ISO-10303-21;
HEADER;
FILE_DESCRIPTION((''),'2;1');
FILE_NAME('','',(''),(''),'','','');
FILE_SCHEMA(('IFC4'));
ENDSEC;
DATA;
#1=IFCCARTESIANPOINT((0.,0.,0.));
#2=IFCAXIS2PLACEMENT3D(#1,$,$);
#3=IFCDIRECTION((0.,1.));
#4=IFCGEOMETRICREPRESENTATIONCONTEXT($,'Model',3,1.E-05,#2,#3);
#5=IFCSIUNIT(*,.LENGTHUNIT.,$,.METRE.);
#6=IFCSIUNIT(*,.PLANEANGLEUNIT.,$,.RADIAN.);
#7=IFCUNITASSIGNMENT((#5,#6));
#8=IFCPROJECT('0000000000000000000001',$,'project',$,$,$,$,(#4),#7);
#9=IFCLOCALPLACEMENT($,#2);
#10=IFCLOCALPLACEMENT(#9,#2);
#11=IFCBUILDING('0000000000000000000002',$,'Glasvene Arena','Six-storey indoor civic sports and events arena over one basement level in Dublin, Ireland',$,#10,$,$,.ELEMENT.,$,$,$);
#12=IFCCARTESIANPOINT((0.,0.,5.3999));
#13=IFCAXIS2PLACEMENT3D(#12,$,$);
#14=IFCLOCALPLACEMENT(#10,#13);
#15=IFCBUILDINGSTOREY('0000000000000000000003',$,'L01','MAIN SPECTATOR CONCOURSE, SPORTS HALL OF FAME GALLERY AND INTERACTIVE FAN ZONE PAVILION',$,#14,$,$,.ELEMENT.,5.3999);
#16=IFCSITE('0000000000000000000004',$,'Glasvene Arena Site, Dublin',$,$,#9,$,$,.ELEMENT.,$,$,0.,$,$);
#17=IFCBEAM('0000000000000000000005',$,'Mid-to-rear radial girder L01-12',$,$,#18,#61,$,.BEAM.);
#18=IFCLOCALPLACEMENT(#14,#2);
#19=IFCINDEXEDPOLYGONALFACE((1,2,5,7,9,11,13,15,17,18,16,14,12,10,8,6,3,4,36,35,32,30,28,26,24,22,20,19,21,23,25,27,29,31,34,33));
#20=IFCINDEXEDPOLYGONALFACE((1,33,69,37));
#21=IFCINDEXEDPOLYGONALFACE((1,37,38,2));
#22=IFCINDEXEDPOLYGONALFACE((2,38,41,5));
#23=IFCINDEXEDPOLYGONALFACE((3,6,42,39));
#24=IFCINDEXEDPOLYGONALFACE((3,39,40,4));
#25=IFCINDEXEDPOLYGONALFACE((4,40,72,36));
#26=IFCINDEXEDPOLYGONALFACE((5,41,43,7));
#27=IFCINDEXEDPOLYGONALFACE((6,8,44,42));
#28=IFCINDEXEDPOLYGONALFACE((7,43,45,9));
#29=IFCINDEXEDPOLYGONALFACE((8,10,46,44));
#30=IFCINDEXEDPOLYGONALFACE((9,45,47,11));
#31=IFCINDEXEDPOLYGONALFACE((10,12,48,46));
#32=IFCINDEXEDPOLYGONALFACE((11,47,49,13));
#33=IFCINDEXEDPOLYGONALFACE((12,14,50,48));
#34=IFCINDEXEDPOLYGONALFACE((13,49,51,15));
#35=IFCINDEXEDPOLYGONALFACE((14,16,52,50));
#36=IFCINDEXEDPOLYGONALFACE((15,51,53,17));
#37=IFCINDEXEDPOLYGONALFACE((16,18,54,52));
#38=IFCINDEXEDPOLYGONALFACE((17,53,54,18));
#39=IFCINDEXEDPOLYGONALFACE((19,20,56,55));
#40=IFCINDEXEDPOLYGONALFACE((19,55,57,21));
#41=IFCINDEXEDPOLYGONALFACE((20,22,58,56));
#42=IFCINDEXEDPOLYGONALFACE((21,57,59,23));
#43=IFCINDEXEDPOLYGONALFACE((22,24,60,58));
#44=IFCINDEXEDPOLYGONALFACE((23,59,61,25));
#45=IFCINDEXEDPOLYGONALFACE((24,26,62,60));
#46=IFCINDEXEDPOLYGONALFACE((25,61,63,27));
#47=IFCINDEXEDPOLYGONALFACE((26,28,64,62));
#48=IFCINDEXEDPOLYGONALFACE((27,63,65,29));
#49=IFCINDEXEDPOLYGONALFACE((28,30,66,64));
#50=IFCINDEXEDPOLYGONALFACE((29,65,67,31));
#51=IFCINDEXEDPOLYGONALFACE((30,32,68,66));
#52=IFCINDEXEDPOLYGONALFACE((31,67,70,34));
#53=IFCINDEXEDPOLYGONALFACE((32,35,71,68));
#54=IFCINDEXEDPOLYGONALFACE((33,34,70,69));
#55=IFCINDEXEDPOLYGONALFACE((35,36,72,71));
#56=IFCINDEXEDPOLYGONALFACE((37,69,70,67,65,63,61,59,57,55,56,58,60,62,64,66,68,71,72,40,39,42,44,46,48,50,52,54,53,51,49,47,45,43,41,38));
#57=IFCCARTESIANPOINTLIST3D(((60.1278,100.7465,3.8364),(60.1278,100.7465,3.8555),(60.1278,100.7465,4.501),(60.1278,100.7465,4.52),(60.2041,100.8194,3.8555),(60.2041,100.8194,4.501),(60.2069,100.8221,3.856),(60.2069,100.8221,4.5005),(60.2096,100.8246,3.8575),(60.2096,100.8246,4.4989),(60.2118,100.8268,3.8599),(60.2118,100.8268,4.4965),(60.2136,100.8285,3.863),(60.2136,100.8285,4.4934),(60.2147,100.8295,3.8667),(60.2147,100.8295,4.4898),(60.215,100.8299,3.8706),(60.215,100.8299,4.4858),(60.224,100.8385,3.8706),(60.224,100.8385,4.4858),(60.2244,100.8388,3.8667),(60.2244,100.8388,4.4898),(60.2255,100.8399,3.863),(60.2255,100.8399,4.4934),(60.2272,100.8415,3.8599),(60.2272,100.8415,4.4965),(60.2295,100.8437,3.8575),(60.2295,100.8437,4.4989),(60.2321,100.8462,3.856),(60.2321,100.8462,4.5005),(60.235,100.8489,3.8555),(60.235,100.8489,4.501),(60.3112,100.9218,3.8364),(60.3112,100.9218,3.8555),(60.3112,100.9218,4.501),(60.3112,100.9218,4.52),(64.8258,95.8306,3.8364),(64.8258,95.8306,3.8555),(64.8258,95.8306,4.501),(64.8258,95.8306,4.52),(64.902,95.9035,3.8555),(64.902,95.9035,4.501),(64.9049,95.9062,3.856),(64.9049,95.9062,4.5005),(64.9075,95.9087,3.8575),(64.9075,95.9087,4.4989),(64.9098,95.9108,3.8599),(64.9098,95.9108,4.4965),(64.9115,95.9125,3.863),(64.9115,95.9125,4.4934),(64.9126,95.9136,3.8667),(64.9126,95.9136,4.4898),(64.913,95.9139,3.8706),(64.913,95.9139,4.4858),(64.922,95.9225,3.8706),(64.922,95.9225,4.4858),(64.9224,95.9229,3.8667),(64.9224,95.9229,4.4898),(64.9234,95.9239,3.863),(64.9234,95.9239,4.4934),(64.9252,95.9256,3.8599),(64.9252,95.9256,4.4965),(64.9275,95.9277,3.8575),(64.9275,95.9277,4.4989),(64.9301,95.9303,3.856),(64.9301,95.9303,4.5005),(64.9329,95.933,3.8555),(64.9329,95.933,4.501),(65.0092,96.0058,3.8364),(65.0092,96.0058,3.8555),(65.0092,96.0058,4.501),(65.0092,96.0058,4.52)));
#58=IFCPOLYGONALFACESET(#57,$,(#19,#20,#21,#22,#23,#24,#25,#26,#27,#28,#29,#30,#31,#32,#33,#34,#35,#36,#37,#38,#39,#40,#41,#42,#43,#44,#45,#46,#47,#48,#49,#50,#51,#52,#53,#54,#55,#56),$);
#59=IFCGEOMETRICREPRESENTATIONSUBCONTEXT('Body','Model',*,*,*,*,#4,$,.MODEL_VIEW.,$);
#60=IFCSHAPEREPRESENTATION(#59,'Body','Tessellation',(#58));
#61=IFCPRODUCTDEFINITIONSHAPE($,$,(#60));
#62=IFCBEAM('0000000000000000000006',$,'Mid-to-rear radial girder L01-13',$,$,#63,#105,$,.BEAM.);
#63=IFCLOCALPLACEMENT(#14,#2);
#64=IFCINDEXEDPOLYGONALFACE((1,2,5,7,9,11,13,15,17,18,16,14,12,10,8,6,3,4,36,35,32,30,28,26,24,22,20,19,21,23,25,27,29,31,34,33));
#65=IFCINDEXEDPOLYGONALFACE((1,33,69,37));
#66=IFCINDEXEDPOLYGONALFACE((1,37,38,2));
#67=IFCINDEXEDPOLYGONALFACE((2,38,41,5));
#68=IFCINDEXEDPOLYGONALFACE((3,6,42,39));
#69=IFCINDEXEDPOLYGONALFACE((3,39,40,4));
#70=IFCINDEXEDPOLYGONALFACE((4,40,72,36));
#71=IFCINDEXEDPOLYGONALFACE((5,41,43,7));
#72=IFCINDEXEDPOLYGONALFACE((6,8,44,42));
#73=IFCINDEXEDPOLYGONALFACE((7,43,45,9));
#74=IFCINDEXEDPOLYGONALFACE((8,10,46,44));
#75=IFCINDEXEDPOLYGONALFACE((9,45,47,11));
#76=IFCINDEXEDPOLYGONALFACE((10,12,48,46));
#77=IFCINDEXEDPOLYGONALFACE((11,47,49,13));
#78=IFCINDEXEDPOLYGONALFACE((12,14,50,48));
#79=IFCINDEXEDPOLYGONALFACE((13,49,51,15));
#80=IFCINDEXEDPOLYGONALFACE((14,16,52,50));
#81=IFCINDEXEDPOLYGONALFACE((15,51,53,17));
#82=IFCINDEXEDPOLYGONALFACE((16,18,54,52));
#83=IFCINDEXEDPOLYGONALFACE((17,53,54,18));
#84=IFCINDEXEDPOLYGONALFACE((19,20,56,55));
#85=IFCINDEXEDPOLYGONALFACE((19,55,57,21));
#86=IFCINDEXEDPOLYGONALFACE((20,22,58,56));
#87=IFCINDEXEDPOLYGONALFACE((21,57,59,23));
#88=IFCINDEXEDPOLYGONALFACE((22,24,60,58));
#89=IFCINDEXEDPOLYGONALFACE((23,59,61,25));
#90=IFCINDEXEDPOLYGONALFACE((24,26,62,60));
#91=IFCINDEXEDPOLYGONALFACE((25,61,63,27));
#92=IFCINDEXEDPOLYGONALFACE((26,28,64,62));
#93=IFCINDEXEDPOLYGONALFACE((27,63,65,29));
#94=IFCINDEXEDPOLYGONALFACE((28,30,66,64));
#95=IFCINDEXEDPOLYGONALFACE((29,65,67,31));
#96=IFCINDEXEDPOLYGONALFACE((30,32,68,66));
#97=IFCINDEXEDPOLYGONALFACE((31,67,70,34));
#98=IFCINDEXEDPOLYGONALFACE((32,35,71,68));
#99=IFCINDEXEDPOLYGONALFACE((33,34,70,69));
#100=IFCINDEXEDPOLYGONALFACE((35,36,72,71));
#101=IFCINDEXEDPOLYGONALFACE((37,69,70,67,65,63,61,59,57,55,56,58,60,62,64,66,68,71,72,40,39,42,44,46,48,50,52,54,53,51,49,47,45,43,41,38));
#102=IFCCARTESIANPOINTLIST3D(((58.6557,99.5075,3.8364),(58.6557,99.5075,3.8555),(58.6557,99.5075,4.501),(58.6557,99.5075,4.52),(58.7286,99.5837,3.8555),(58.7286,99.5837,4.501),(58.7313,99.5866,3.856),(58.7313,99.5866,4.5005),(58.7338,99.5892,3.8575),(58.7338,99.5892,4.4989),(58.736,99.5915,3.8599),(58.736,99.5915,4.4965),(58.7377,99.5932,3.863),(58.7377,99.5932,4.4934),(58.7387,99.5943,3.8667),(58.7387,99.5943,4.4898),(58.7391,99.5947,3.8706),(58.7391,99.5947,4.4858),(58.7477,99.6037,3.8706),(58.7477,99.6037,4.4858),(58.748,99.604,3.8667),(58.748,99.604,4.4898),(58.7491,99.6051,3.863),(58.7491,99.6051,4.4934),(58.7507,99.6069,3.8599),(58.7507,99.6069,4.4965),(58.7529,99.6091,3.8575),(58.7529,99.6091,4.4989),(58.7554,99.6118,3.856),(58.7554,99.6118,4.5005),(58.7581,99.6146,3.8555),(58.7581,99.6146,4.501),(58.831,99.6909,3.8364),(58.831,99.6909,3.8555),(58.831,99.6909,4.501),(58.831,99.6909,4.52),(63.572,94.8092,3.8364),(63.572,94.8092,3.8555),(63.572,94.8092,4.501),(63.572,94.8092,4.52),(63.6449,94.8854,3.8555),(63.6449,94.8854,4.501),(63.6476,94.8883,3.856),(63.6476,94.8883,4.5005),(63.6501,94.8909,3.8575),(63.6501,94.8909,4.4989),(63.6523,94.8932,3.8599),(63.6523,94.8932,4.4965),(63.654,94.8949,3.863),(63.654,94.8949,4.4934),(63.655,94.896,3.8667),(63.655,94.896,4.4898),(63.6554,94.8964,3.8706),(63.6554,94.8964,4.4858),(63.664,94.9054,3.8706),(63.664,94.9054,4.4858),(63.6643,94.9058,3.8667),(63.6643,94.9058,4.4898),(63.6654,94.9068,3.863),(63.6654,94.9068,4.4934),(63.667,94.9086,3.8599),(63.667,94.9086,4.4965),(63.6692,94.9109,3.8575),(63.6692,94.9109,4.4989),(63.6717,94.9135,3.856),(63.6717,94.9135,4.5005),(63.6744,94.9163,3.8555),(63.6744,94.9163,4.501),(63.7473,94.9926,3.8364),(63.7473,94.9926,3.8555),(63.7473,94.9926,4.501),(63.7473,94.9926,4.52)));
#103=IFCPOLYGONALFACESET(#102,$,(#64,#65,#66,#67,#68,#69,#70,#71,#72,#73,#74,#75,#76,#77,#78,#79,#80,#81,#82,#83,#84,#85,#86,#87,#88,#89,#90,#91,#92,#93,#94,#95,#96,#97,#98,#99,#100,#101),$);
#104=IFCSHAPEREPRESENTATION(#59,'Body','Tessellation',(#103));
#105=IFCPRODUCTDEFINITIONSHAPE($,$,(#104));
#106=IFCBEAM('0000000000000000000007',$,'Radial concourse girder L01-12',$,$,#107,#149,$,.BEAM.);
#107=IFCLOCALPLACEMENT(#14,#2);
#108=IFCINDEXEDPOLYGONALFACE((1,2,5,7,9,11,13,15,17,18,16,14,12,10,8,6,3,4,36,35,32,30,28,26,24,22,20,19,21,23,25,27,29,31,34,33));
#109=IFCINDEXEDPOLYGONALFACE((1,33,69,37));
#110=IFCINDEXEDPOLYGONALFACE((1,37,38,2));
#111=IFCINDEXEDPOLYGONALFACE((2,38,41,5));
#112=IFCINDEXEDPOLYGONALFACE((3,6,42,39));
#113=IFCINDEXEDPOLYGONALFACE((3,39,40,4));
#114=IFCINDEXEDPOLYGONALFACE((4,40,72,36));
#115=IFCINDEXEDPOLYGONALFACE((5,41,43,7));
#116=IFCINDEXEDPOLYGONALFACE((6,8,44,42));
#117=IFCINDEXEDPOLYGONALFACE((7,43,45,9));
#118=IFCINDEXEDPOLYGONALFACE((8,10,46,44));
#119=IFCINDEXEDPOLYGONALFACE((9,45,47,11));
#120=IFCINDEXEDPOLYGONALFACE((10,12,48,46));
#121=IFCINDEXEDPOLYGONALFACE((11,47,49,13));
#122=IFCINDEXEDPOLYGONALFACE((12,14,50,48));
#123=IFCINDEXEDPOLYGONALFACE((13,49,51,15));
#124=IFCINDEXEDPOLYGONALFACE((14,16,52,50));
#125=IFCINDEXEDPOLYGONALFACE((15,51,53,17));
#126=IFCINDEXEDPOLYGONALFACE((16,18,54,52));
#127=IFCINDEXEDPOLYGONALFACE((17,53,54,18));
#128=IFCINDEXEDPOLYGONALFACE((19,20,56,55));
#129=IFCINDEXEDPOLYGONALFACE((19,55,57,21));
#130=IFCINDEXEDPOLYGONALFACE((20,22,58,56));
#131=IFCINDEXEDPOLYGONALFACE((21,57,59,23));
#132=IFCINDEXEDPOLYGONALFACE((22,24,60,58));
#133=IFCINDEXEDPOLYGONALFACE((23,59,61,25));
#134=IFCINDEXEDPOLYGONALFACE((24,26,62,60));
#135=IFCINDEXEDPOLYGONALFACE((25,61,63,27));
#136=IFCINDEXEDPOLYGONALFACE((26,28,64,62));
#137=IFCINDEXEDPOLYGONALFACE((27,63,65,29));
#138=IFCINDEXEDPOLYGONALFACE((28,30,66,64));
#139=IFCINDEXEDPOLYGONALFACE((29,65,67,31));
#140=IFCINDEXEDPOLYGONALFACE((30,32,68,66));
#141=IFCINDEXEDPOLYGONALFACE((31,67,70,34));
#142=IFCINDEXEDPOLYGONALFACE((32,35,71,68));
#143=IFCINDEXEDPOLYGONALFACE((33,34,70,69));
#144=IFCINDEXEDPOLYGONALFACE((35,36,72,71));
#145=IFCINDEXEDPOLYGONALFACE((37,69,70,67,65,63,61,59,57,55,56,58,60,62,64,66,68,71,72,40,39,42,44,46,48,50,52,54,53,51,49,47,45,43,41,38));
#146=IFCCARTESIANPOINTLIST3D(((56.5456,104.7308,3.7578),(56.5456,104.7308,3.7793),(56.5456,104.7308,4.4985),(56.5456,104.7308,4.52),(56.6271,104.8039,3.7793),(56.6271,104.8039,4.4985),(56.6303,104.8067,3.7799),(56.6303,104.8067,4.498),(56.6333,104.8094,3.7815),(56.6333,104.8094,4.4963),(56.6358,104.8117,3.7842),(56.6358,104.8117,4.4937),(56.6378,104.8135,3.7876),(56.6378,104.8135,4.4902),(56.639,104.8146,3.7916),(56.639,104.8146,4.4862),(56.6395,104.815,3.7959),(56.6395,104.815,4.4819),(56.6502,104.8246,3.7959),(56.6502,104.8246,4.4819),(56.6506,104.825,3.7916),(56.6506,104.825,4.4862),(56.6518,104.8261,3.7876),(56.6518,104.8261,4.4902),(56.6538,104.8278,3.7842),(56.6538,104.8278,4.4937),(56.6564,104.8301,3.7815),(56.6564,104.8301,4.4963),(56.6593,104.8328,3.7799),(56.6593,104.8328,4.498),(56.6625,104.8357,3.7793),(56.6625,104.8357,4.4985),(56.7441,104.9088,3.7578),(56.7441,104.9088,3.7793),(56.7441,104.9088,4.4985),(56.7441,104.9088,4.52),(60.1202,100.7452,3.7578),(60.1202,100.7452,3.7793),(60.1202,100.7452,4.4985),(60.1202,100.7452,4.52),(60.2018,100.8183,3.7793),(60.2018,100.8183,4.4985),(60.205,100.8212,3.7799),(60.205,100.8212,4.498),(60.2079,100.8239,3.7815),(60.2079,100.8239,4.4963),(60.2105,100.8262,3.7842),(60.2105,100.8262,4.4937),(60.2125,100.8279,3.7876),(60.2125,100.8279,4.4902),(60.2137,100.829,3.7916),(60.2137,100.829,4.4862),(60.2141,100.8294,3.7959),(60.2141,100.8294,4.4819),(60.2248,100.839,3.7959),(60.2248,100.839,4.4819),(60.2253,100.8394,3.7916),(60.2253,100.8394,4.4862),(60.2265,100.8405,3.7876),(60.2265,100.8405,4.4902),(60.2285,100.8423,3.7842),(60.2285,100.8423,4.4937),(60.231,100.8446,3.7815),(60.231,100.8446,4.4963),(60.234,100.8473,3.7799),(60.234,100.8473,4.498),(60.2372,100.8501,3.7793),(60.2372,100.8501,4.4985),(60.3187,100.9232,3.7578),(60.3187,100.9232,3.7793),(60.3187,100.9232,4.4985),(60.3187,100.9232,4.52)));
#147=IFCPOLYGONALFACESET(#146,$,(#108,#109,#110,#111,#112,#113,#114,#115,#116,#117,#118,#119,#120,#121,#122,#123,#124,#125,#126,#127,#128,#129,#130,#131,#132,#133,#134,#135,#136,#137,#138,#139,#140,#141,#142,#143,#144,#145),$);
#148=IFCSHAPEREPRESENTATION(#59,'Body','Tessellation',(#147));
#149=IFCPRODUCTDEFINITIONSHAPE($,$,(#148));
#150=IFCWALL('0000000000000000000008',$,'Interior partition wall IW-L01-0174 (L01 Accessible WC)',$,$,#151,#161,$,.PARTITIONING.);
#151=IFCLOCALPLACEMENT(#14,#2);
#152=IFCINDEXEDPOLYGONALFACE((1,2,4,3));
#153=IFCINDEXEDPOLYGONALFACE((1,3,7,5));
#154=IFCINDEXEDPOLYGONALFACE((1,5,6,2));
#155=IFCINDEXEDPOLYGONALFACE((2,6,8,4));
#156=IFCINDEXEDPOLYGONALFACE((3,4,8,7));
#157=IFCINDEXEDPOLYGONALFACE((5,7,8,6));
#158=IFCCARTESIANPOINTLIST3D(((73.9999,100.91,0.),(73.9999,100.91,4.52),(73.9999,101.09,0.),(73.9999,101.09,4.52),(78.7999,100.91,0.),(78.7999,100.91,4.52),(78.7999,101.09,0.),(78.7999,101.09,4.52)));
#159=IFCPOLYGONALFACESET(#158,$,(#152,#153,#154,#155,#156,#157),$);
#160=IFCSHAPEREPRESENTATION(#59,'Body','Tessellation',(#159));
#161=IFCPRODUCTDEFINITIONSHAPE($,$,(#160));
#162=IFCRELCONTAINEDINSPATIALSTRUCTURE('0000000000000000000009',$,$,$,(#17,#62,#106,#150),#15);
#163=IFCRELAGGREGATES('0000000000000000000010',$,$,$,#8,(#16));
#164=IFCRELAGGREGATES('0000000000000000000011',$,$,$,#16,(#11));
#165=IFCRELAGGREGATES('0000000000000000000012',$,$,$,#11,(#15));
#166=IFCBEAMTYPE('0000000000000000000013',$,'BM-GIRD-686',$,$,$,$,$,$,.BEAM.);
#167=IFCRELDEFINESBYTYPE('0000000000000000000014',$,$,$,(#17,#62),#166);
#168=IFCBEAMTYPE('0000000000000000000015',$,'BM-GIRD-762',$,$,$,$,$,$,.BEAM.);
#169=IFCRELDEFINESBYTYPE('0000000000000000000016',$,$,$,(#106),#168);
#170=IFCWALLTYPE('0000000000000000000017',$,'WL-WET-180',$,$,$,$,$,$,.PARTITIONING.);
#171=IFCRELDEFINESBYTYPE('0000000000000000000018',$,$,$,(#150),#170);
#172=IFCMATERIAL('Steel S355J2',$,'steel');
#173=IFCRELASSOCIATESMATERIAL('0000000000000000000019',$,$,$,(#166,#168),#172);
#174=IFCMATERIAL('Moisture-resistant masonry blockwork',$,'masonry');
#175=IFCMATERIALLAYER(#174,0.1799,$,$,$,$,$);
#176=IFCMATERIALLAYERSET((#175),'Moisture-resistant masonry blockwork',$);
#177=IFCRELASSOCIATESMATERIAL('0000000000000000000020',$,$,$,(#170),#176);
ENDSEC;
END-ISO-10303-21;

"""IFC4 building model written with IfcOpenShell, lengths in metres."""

from ifc_helpers import new_model, si_unit, direction, frame, frame_2d, origin, origin_2d, place, context, subcontext, project, spatial, rectangle, i_section, extrude, material, layer, layer_set, material_profile, profile_set, type_object, element, save


model = new_model("IFC4")

# Units and contexts
model_context = context("Model", 3, precision=1e-05, world=origin(), true_north=direction((0.0, 1.0)))
body_context = subcontext(model_context, "Body", "Model", "MODEL_VIEW")
ifc_project = project(units=[si_unit("LENGTHUNIT", "METRE"), si_unit("PLANEANGLEUNIT", "RADIAN")], contexts=[model_context])

# Site, building, storey
site_placement = place(None, origin())
site = spatial("IfcSite", under=ifc_project, at=site_placement, Name="Glasvene Arena Site, Dublin", CompositionType="ELEMENT", RefElevation=0.0)
building_placement = place(site_placement, origin())
building = spatial("IfcBuilding", under=site, at=building_placement, Name="Glasvene Arena", Description="Six-storey indoor civic sports and events arena over one basement level in Dublin, Ireland", CompositionType="ELEMENT")
storey_placement = place(building_placement, frame((0.0, 0.0, 5.3999)))
storey = spatial("IfcBuildingStorey", under=building, at=storey_placement, Name="L01", Description="MAIN SPECTATOR CONCOURSE, SPORTS HALL OF FAME GALLERY AND INTERACTIVE FAN ZONE PAVILION", CompositionType="ELEMENT", Elevation=5.3999)

# Shared definitions
ifc_material_1 = material(Name="Steel S355J2", Category="steel")

# Beams
ifc_material_profile_1 = material_profile(ifc_material_1, i_section(OverallWidth=0.2537, OverallDepth=0.6836, WebThickness=0.0125, FlangeThickness=0.019, FilletRadius=0.0151, at=origin_2d()), Name="UKB 686x254x140")
ifc_profile_set_1 = profile_set([ifc_material_profile_1], Name="Steel S355J2")
beam_type_1 = type_object("IfcBeamType", Name="BM-GIRD-686", PredefinedType="BEAM", material=ifc_profile_set_1)
for number, where, z_axis, x_axis, name in (
    (1, (64.9175, 95.9182, 4.1782), (-0.690894, 0.722956, 0.0), (-0.722956, -0.690894, 0.0), "Mid-to-rear radial girder L01-12"),
):
    element("IfcBeam", number, at=place(storey_placement, frame(where, z_axis=z_axis, x_axis=x_axis)), inside=storey, type_object=beam_type_1, Name=name, PredefinedType="BEAM", context=body_context, shape_type="SweptSolid", body=[
        extrude(i_section(OverallWidth=0.2537, OverallDepth=0.6836, WebThickness=0.0125, FlangeThickness=0.019, FilletRadius=0.0151, at=origin_2d()), origin(), (0.0, 0.0, 1.0), 6.7998),
    ])
beam_1_placement = place(storey_placement, frame((63.6597, 94.9009, 4.1782), z_axis=(-0.722955, 0.690895, 0.0), x_axis=(-0.690895, -0.722955, 0.0)))
element("IfcBeam", 2, at=beam_1_placement, inside=storey, type_object=beam_type_1, Name="Mid-to-rear radial girder L01-13", PredefinedType="BEAM", context=body_context, shape_type="SweptSolid", body=[
    extrude(i_section(OverallWidth=0.2537, OverallDepth=0.6836, WebThickness=0.0125, FlangeThickness=0.019, FilletRadius=0.0151, at=origin_2d()), origin(), (0.0, 0.0, 1.0), 6.8003),
])
ifc_material_profile_2 = material_profile(ifc_material_1, i_section(OverallWidth=0.2666, OverallDepth=0.7622, WebThickness=0.0144, FlangeThickness=0.0215, FilletRadius=0.0166, at=origin_2d()), Name="UKB 762x267x173")
ifc_profile_set_2 = profile_set([ifc_material_profile_2], Name="Steel S355J2")
beam_type_2 = type_object("IfcBeamType", Name="BM-GIRD-762", PredefinedType="BEAM", material=ifc_profile_set_2)
beam_2_placement = place(storey_placement, frame((60.2195, 100.8342, 4.1389), z_axis=(-0.667691, 0.744438, 0.0), x_axis=(-0.744438, -0.667691, 0.0)))
element("IfcBeam", 3, at=beam_2_placement, inside=storey, type_object=beam_type_2, Name="Radial concourse girder L01-12", PredefinedType="BEAM", context=body_context, shape_type="SweptSolid", body=[
    extrude(i_section(OverallWidth=0.2666, OverallDepth=0.7622, WebThickness=0.0144, FlangeThickness=0.0215, FilletRadius=0.0166, at=origin_2d()), origin(), (0.0, 0.0, 1.0), 5.3538),
])

# Wall
ifc_material_2 = material(Name="Moisture-resistant masonry blockwork", Category="masonry")
ifc_layer_1 = layer(ifc_material_2, 0.1799)
ifc_layer_set_1 = layer_set([ifc_layer_1], Name="Moisture-resistant masonry blockwork")
wall_type = type_object("IfcWallType", Name="WL-WET-180", PredefinedType="PARTITIONING", material=ifc_layer_set_1)
wall_placement = place(storey_placement, frame((74.0, 101.0, 0.0), z_axis=(0.0, 0.0, 1.0), x_axis=(1.0, 0.0, 0.0)))
element("IfcWall", 4, at=wall_placement, inside=storey, type_object=wall_type, Name="Interior partition wall IW-L01-0174 (L01 Accessible WC)", PredefinedType="PARTITIONING", context=body_context, shape_type="SweptSolid", body=[
    extrude(rectangle(XDim=4.8, YDim=0.1799, at=frame_2d((2.3999, 0.0))), origin(), (0.0, 0.0, 1.0), 4.52),
])

save(model, "model.ifc")
